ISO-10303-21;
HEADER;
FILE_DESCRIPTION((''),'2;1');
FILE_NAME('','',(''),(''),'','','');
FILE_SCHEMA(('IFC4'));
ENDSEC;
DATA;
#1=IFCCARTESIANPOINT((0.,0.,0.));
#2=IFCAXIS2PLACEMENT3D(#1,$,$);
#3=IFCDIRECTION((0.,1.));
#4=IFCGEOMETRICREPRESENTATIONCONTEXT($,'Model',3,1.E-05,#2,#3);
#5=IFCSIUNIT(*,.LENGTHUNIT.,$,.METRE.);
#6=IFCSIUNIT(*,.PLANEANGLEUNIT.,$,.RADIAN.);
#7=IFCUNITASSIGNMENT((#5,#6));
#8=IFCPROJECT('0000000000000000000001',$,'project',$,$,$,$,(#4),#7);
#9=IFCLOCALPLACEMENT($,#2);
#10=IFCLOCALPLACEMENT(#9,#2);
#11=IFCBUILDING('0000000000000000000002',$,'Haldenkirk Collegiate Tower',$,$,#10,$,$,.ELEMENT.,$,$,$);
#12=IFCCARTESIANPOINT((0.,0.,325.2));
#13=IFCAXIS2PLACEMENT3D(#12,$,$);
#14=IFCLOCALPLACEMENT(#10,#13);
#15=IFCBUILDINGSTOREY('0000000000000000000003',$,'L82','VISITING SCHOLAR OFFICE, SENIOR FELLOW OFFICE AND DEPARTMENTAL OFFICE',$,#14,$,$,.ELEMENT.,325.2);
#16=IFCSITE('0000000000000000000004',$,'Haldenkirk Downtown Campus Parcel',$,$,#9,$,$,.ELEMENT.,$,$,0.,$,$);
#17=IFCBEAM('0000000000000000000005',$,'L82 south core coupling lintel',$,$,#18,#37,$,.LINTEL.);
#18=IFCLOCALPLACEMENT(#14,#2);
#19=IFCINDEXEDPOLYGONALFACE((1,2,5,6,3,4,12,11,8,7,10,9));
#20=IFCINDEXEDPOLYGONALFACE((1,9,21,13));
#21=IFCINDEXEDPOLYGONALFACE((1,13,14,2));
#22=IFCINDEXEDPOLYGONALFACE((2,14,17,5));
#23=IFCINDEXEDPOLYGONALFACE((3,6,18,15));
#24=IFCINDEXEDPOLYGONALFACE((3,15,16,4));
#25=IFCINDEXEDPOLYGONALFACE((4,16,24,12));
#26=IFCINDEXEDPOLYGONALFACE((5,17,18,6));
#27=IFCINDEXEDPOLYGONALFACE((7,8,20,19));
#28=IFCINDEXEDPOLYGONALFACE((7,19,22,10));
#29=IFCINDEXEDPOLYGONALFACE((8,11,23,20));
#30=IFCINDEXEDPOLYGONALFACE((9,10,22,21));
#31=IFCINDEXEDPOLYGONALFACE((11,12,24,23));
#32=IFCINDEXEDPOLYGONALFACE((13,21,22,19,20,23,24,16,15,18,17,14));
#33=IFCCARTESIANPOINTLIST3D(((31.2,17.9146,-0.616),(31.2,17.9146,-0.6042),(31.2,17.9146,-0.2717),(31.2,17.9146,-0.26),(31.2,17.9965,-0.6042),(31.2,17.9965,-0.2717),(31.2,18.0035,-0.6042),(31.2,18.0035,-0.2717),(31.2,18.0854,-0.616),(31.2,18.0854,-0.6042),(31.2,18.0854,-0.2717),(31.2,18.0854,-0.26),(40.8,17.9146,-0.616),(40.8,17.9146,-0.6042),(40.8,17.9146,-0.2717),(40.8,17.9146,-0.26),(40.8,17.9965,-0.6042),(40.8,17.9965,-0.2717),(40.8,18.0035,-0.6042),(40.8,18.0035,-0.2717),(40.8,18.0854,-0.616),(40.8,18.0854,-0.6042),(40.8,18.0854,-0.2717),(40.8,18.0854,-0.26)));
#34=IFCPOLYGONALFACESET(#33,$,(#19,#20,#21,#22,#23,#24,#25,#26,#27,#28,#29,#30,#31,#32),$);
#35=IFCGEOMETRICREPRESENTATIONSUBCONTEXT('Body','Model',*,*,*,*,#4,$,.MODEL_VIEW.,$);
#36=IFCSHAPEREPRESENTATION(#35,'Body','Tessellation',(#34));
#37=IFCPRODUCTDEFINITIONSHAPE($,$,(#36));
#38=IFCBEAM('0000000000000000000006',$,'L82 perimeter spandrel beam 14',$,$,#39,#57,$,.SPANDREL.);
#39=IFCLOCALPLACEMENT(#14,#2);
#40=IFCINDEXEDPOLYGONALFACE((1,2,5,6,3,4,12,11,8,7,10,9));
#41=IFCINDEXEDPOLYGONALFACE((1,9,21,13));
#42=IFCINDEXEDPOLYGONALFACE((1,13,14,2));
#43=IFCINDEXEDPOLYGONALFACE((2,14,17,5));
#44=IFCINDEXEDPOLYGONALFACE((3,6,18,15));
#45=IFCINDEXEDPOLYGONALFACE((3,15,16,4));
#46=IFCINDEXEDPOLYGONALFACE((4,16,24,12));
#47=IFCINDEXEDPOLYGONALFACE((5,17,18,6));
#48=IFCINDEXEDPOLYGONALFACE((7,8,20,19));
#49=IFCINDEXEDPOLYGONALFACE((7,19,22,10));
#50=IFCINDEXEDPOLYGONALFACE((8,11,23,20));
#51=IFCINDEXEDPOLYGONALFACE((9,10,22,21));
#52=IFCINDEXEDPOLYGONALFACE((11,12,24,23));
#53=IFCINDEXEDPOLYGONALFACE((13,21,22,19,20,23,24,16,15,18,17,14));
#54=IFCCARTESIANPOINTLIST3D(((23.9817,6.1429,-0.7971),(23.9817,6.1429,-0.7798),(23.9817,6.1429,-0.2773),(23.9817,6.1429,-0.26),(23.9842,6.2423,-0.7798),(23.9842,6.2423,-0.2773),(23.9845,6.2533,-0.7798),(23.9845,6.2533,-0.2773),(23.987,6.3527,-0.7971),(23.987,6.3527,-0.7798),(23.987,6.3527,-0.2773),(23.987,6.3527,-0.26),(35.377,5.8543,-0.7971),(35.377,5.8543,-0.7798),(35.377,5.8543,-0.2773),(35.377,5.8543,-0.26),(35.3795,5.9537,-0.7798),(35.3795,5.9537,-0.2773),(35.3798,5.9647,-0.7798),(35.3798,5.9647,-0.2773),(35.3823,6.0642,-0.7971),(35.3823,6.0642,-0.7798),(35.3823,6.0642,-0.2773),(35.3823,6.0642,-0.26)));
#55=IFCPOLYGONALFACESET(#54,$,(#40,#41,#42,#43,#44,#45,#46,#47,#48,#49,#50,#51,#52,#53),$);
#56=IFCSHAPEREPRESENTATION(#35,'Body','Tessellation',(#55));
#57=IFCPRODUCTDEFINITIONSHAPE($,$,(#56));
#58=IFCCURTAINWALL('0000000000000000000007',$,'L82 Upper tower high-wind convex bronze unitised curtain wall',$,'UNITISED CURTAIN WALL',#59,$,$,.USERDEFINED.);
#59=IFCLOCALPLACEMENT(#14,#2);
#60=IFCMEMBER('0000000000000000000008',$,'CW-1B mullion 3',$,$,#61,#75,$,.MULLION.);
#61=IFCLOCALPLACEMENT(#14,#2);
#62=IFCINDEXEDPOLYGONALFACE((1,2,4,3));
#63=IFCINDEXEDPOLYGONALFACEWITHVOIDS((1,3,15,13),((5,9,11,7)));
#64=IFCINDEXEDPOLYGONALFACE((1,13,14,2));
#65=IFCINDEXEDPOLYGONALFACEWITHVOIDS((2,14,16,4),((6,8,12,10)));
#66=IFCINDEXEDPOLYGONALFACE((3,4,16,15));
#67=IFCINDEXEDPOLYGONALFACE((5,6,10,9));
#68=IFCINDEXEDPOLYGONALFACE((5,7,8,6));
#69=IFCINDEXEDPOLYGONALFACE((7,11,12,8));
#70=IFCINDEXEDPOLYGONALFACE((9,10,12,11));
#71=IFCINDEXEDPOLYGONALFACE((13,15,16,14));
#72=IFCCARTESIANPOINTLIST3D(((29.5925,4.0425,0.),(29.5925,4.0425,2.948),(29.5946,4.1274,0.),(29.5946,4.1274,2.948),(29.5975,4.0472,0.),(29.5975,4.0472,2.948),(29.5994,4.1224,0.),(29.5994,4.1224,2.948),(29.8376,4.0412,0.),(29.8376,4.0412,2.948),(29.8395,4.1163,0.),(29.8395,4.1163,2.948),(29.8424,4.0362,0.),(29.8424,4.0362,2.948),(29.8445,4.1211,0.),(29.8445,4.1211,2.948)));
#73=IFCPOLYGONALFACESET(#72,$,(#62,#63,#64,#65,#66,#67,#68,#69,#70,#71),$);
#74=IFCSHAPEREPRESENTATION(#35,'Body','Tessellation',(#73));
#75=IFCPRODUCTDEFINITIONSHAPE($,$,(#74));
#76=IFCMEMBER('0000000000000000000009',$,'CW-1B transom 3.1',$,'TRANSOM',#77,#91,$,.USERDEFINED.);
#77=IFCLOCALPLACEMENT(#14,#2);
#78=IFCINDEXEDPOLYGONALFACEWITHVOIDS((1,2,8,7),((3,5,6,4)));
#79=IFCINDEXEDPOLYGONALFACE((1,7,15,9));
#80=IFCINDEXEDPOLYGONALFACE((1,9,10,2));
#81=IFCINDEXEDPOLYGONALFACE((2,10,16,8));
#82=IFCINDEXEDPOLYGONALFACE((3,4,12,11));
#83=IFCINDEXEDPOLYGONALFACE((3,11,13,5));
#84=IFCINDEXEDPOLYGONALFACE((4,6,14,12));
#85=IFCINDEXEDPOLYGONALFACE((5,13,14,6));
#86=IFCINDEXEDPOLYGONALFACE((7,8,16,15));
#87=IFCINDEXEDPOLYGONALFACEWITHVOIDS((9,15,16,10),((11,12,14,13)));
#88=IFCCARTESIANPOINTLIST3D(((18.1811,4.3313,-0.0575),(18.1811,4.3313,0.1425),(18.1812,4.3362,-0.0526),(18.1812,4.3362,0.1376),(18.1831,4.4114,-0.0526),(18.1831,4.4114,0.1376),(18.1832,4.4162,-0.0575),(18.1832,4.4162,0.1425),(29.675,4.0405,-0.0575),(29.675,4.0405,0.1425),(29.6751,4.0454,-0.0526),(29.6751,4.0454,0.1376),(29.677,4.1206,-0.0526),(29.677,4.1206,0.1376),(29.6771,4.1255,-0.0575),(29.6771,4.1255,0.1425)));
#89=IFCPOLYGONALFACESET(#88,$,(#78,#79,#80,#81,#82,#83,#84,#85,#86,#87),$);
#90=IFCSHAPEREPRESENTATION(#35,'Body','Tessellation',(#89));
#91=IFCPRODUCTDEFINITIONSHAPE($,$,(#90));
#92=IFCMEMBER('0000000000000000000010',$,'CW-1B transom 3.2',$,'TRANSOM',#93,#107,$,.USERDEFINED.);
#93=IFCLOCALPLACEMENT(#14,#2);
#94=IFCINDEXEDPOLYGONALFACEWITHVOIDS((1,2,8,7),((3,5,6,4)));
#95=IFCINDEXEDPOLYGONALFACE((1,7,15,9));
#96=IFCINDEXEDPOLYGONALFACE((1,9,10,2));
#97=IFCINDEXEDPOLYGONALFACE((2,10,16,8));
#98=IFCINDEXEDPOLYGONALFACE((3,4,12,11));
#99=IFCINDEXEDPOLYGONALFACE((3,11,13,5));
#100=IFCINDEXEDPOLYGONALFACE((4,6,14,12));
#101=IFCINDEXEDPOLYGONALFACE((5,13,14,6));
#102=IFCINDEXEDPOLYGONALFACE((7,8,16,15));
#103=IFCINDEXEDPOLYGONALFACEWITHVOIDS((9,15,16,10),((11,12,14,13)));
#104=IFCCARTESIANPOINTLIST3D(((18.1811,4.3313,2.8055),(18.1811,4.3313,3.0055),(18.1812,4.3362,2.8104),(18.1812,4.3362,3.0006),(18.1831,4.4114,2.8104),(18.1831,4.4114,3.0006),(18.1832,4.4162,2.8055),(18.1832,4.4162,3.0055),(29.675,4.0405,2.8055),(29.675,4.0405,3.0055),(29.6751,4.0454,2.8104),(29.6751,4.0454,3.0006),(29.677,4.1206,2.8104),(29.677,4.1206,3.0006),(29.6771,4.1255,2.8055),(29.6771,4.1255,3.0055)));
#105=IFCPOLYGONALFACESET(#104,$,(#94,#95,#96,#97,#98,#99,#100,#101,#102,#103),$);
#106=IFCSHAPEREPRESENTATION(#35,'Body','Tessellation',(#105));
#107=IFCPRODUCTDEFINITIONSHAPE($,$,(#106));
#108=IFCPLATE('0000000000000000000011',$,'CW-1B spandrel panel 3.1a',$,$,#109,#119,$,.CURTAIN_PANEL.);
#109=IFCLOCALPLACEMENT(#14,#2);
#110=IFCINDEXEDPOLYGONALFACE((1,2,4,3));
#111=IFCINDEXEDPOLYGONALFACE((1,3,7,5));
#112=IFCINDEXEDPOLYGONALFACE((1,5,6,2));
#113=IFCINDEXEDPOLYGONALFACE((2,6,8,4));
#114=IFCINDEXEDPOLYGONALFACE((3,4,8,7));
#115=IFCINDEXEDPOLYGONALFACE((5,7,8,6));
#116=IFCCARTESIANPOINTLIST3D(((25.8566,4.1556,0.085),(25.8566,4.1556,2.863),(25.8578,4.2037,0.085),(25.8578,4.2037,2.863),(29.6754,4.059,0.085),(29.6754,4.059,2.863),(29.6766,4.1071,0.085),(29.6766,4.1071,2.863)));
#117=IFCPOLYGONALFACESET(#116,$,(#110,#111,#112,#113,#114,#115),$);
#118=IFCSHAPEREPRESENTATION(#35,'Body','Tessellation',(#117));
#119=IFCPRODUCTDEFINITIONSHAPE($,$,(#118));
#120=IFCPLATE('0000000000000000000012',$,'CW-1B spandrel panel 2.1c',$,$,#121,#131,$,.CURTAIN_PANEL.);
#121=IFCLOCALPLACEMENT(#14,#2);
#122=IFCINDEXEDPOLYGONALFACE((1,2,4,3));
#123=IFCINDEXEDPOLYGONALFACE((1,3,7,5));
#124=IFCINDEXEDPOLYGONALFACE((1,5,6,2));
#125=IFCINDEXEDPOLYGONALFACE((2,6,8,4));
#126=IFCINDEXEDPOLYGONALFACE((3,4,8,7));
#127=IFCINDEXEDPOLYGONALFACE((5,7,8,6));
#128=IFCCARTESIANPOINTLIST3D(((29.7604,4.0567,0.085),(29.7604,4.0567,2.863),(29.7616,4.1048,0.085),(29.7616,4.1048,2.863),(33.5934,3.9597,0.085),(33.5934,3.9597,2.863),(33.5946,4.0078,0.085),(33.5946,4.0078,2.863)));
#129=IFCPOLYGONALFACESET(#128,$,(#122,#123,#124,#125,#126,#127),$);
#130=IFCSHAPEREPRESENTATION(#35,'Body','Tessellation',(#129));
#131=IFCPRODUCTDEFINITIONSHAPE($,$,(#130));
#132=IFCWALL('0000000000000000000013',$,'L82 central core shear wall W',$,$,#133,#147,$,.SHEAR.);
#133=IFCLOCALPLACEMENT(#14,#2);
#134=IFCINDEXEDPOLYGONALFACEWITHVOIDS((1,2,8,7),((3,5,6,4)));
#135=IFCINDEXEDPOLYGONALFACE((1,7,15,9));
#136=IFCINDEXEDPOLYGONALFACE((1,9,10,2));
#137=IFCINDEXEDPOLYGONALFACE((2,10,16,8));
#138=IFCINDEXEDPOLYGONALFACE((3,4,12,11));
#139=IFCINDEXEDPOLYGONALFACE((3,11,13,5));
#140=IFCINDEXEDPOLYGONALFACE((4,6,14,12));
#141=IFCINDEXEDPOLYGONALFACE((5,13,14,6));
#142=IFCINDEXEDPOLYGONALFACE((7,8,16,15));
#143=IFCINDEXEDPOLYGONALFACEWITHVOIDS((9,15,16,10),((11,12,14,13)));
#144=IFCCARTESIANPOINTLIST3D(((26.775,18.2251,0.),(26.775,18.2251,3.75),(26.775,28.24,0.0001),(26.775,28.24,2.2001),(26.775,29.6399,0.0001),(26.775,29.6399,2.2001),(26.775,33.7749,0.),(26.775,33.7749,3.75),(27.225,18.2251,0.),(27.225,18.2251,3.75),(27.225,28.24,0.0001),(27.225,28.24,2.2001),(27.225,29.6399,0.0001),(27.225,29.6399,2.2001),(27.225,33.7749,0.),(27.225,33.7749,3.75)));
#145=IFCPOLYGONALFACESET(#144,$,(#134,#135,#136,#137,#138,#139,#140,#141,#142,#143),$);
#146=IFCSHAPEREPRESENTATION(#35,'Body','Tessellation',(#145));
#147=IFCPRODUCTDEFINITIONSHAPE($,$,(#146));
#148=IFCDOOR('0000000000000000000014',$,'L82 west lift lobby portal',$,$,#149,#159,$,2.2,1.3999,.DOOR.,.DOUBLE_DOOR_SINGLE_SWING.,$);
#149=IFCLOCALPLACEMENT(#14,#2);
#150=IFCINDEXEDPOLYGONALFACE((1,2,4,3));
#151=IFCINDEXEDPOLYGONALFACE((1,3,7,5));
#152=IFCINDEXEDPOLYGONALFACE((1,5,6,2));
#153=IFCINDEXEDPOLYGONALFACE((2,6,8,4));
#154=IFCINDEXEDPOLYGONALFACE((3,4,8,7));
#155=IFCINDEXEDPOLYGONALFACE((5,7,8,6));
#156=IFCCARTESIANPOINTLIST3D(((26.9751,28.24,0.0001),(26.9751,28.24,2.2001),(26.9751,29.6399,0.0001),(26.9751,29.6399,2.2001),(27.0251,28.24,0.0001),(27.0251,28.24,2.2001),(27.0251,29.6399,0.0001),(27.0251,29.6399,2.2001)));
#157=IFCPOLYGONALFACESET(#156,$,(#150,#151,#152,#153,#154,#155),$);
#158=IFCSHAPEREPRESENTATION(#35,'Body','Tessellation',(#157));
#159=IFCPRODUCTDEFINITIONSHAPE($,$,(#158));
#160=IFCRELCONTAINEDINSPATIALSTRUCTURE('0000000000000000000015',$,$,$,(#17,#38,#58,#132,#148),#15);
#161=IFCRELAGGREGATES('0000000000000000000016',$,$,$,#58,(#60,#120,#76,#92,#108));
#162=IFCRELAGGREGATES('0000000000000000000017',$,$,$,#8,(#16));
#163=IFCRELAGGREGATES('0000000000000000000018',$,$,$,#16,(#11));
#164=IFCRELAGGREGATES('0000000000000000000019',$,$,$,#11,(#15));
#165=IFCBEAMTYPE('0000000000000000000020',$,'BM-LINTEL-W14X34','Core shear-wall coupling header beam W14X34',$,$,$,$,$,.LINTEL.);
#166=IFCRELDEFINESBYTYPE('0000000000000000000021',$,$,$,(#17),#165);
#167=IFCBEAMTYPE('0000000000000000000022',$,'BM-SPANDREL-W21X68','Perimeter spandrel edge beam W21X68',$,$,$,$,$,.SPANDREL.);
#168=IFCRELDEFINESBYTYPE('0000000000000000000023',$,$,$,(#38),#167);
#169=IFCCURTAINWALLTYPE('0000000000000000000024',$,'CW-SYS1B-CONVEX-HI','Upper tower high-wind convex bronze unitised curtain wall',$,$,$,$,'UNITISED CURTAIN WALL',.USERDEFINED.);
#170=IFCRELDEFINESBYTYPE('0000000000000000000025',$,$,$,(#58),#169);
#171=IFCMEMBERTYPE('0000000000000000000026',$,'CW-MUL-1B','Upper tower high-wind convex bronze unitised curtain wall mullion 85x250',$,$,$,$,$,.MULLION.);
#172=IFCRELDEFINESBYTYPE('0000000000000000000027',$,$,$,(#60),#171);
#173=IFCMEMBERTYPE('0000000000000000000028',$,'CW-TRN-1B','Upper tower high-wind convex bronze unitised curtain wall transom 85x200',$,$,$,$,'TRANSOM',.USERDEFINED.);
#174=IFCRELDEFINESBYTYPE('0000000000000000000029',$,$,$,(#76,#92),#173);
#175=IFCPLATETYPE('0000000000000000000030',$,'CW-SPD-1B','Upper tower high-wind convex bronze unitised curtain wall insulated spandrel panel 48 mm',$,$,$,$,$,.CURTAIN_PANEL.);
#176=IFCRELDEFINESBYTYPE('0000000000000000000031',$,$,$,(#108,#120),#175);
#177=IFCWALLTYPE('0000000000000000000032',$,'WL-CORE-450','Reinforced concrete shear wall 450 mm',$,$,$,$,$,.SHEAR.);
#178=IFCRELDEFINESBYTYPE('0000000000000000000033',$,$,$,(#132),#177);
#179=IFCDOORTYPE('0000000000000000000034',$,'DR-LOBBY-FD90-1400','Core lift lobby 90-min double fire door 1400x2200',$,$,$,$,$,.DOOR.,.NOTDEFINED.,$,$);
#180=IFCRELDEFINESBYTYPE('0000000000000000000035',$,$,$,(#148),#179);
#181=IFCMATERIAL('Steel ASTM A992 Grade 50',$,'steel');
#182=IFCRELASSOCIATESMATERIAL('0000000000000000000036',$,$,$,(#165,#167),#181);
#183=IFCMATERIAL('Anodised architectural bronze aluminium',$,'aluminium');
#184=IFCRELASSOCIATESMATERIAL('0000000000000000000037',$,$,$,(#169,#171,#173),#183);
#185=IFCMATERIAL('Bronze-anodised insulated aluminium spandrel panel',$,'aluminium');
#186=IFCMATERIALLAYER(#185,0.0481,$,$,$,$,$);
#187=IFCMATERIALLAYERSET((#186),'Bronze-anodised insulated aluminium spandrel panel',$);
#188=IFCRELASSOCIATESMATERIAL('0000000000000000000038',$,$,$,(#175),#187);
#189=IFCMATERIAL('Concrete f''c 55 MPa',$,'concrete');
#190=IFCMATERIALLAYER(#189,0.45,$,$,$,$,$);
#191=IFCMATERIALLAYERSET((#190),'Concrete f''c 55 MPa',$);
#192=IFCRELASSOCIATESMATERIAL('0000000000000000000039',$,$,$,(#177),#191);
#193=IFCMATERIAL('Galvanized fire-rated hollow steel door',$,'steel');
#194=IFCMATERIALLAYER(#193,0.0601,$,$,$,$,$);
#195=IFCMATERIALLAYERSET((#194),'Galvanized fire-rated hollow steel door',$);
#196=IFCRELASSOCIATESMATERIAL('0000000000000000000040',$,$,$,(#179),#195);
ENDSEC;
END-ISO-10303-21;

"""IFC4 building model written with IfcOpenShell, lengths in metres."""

from ifc_helpers import new_model, si_unit, direction, frame, frame_2d, origin, origin_2d, place, context, subcontext, project, spatial, rectangle, hollow_rectangle, i_section, extrude, source, transform, mapped, material, layer, layer_set, material_profile, profile_set, type_object, element, fill, aggregate, save


model = new_model("IFC4")

# Units and contexts
model_context = context("Model", 3, precision=1e-05, world=origin(), true_north=direction((0.0, 1.0)))
body_context = subcontext(model_context, "Body", "Model", "MODEL_VIEW")
ifc_project = project(units=[si_unit("LENGTHUNIT", "METRE"), si_unit("PLANEANGLEUNIT", "RADIAN")], contexts=[model_context])

# Site, building, storey
site_placement = place(None, origin())
site = spatial("IfcSite", under=ifc_project, at=site_placement, Name="Haldenkirk Downtown Campus Parcel", CompositionType="ELEMENT", RefElevation=0.0)
building_placement = place(site_placement, origin())
building = spatial("IfcBuilding", under=site, at=building_placement, Name="Haldenkirk Collegiate Tower", CompositionType="ELEMENT")
storey_placement = place(building_placement, frame((0.0, 0.0, 325.2)))
storey = spatial("IfcBuildingStorey", under=building, at=storey_placement, Name="L82", Description="VISITING SCHOLAR OFFICE, SENIOR FELLOW OFFICE AND DEPARTMENTAL OFFICE", CompositionType="ELEMENT", Elevation=325.2)

# Beams
ifc_material_1 = material(Name="Steel ASTM A992 Grade 50", Category="steel")
ifc_material_profile_1 = material_profile(ifc_material_1, i_section(OverallWidth=0.1709, OverallDepth=0.356, WebThickness=0.0071, FlangeThickness=0.0117, at=origin_2d()), Name="W14X34")
ifc_profile_set_1 = profile_set([ifc_material_profile_1], Name="Steel ASTM A992 Grade 50")
beam_type_1 = type_object("IfcBeamType", Name="BM-LINTEL-W14X34", Description="Core shear-wall coupling header beam W14X34", PredefinedType="LINTEL", material=ifc_profile_set_1)
beam_1_placement = place(storey_placement, frame((31.2, 18.0, -0.438), z_axis=(1.0, 0.0, 0.0), x_axis=(0.0, 1.0, 0.0)))
element("IfcBeam", 1, at=beam_1_placement, inside=storey, type_object=beam_type_1, Name="L82 south core coupling lintel", PredefinedType="LINTEL", context=body_context, shape_type="SweptSolid", body=[
    extrude(i_section(OverallWidth=0.1709, OverallDepth=0.356, WebThickness=0.0071, FlangeThickness=0.0117, at=origin_2d()), origin(), (0.0, 0.0, 1.0), 9.6001),
])
ifc_material_profile_2 = material_profile(ifc_material_1, i_section(OverallWidth=0.21, OverallDepth=0.5371, WebThickness=0.011, FlangeThickness=0.0173, at=origin_2d()), Name="W21X68")
ifc_profile_set_2 = profile_set([ifc_material_profile_2], Name="Steel ASTM A992 Grade 50")
beam_type_2 = type_object("IfcBeamType", Name="BM-SPANDREL-W21X68", Description="Perimeter spandrel edge beam W21X68", PredefinedType="SPANDREL", material=ifc_profile_set_2)
beam_2_placement = place(storey_placement, frame((23.9844, 6.2478, -0.5286), z_axis=(0.99968, -0.025316, 0.0), x_axis=(0.025316, 0.99968, 0.0)))
element("IfcBeam", 2, at=beam_2_placement, inside=storey, type_object=beam_type_2, Name="L82 perimeter spandrel beam 14", PredefinedType="SPANDREL", context=body_context, shape_type="SweptSolid", body=[
    extrude(i_section(OverallWidth=0.21, OverallDepth=0.5371, WebThickness=0.011, FlangeThickness=0.0173, at=origin_2d()), origin(), (0.0, 0.0, 1.0), 11.3989),
])

# Curtain wall, members, plates
ifc_material_2 = material(Name="Anodised architectural bronze aluminium", Category="aluminium")
curtain_wall_type = type_object("IfcCurtainWallType", Name="CW-SYS1B-CONVEX-HI", Description="Upper tower high-wind convex bronze unitised curtain wall", ElementType="UNITISED CURTAIN WALL", PredefinedType="USERDEFINED", material=ifc_material_2)
curtain_wall_placement = place(storey_placement, origin())
curtain_wall = element("IfcCurtainWall", 3, at=curtain_wall_placement, inside=storey, type_object=curtain_wall_type, Name="L82 Upper tower high-wind convex bronze unitised curtain wall", ObjectType="UNITISED CURTAIN WALL", PredefinedType="USERDEFINED")
ifc_material_profile_3 = material_profile(ifc_material_2, hollow_rectangle(XDim=0.085, YDim=0.25, WallThickness=0.0049, at=origin_2d()), Name="CW-MUL-1B")
ifc_profile_set_3 = profile_set([ifc_material_profile_3], Name="Anodised architectural bronze aluminium")
member_type_1 = type_object("IfcMemberType", Name="CW-MUL-1B", Description="Upper tower high-wind convex bronze unitised curtain wall mullion 85x250", PredefinedType="MULLION", material=ifc_profile_set_3)
member_1_placement = place(storey_placement, frame((29.7185, 4.0818, 0.0), z_axis=(0.0, 0.0, 1.0), x_axis=(-0.025302, -0.99968, 0.0)))
member_1 = element("IfcMember", 4, at=member_1_placement, type_object=member_type_1, Name="CW-1B mullion 3", PredefinedType="MULLION", context=body_context, shape_type="SweptSolid", body=[
    extrude(hollow_rectangle(XDim=0.085, YDim=0.25, WallThickness=0.0049, at=origin_2d()), origin(), (0.0, 0.0, 1.0), 2.948),
])
ifc_material_profile_4 = material_profile(ifc_material_2, hollow_rectangle(XDim=0.085, YDim=0.2, WallThickness=0.0049, at=origin_2d()), Name="CW-TRN-1B")
ifc_profile_set_4 = profile_set([ifc_material_profile_4], Name="Anodised architectural bronze aluminium")
member_type_2 = type_object("IfcMemberType", Name="CW-TRN-1B", Description="Upper tower high-wind convex bronze unitised curtain wall transom 85x200", ElementType="TRANSOM", PredefinedType="USERDEFINED", material=ifc_profile_set_4)
member_2_placement = place(storey_placement, frame((29.676, 4.083, 0.0425), z_axis=(-0.99968, 0.02529, 0.0), x_axis=(-0.02529, -0.99968, 0.0)))
member_2 = element("IfcMember", 5, at=member_2_placement, type_object=member_type_2, Name="CW-1B transom 3.1", ObjectType="TRANSOM", PredefinedType="USERDEFINED", context=body_context, shape_type="SweptSolid", body=[
    extrude(hollow_rectangle(XDim=0.085, YDim=0.2, WallThickness=0.0049, at=origin_2d()), origin(), (0.0, 0.0, 1.0), 11.4976),
])
member_3_placement = place(storey_placement, frame((29.676, 4.083, 2.9055), z_axis=(-0.99968, 0.02529, 0.0), x_axis=(-0.02529, -0.99968, 0.0)))
member_3 = element("IfcMember", 6, at=member_3_placement, type_object=member_type_2, Name="CW-1B transom 3.2", ObjectType="TRANSOM", PredefinedType="USERDEFINED", context=body_context, shape_type="SweptSolid", body=[
    extrude(hollow_rectangle(XDim=0.085, YDim=0.2, WallThickness=0.0049, at=origin_2d()), origin(), (0.0, 0.0, 1.0), 11.4976),
])
ifc_material_3 = material(Name="Bronze-anodised insulated aluminium spandrel panel", Category="aluminium")
ifc_layer_1 = layer(ifc_material_3, 0.0481)
ifc_layer_set_1 = layer_set([ifc_layer_1], Name="Bronze-anodised insulated aluminium spandrel panel")
plate_type = type_object("IfcPlateType", Name="CW-SPD-1B", Description="Upper tower high-wind convex bronze unitised curtain wall insulated spandrel panel 48 mm", PredefinedType="CURTAIN_PANEL", material=ifc_layer_set_1)
shared_shape_1 = source(origin(), body_context, "Body", "SweptSolid", [
    extrude(rectangle(XDim=3.8201, YDim=0.0481, at=origin_2d()), origin(), (0.0, 0.0, 1.0), 2.7781),
])
plate_1_placement = place(storey_placement, frame((27.7666, 4.1313, 0.085), z_axis=(0.0, 0.0, 1.0), x_axis=(-0.99968, 0.025302, 0.0)))
plate_1 = element("IfcPlate", 7, at=plate_1_placement, type_object=plate_type, Name="CW-1B spandrel panel 3.1a", PredefinedType="CURTAIN_PANEL", context=body_context, shape_type="MappedRepresentation", body=[
    mapped(shared_shape_1, transform((0.0, 0.0, 0.0), x_axis=(1.0, 0.0, 0.0), y_axis=(0.0, 1.0, 0.0), z_axis=(0.0, 0.0, 1.0), scale=1.0)),
])
shared_shape_2 = source(origin(), body_context, "Body", "SweptSolid", [
    extrude(rectangle(XDim=3.8342, YDim=0.0481, at=origin_2d()), origin(), (0.0, 0.0, 1.0), 2.7781),
])
plate_2_placement = place(storey_placement, frame((31.6775, 4.0322, 0.085), z_axis=(0.0, 0.0, 1.0), x_axis=(-0.99968, 0.025302, 0.0)))
plate_2 = element("IfcPlate", 8, at=plate_2_placement, type_object=plate_type, Name="CW-1B spandrel panel 2.1c", PredefinedType="CURTAIN_PANEL", context=body_context, shape_type="MappedRepresentation", body=[
    mapped(shared_shape_2, transform((0.0, 0.0, 0.0), x_axis=(1.0, 0.0, 0.0), y_axis=(0.0, 1.0, 0.0), z_axis=(0.0, 0.0, 1.0), scale=1.0)),
])
aggregate(curtain_wall, [member_1, plate_2, member_2, member_3, plate_1])

# Shared definitions
ifc_material_4 = material(Name="Concrete f'c 55 MPa", Category="concrete")
ifc_layer_2 = layer(ifc_material_4, 0.45)
ifc_layer_set_2 = layer_set([ifc_layer_2], Name="Concrete f'c 55 MPa")
wall_type_1 = type_object("IfcWallType", Name="WL-CORE-450", Description="Reinforced concrete shear wall 450 mm", PredefinedType="SHEAR", material=ifc_layer_set_2)
ifc_material_5 = material(Name="Galvanized fire-rated hollow steel door", Category="steel")

# Wall, opening, door
wall_1_placement = place(storey_placement, frame((27.0, 18.2251, 0.0), z_axis=(0.0, 0.0, 1.0), x_axis=(0.0, 1.0, 0.0)))
wall_1 = element("IfcWall", 9, at=wall_1_placement, inside=storey, type_object=wall_type_1, Name="L82 central core shear wall W", PredefinedType="SHEAR", context=body_context, shape_type="SweptSolid", body=[
    extrude(rectangle(XDim=15.5498, YDim=0.45, at=frame_2d((7.7749, 0.0))), origin(), (0.0, 0.0, 1.0), 3.75),
])
opening_1_placement = place(wall_1_placement, frame((10.0149, 0.0, 0.0)))
opening_1 = element("IfcOpeningElement", 10, at=opening_1_placement, cuts=wall_1, PredefinedType="OPENING", context=body_context, shape_type="SweptSolid", body=[
    extrude(rectangle(XDim=1.3999, YDim=2.2, at=frame_2d((0.7, 1.1001))), frame((0.0, 0.2349, 0.0), z_axis=(0.0, -1.0, 0.0), x_axis=(1.0, 0.0, 0.0)), (0.0, 0.0, 1.0), 0.47),
])
ifc_layer_3 = layer(ifc_material_5, 0.0601)
ifc_layer_set_3 = layer_set([ifc_layer_3], Name="Galvanized fire-rated hollow steel door")
door_type_1 = type_object("IfcDoorType", Name="DR-LOBBY-FD90-1400", Description="Core lift lobby 90-min double fire door 1400x2200", OperationType="NOTDEFINED", PredefinedType="DOOR", material=ifc_layer_set_3)
door_1_placement = place(opening_1_placement, origin())
door_1 = element("IfcDoor", 11, at=door_1_placement, inside=storey, type_object=door_type_1, Name="L82 west lift lobby portal", OperationType="DOUBLE_DOOR_SINGLE_SWING", OverallHeight=2.2, OverallWidth=1.3999, PredefinedType="DOOR", context=body_context, shape_type="SweptSolid", body=[
    extrude(rectangle(XDim=1.3999, YDim=2.2, at=frame_2d((0.7, 1.1001))), frame((0.0, 0.0249, 0.0), z_axis=(0.0, -1.0, 0.0), x_axis=(1.0, 0.0, 0.0)), (0.0, 0.0, 1.0), 0.05),
])
fill(opening_1, door_1)

save(model, "model.ifc")
